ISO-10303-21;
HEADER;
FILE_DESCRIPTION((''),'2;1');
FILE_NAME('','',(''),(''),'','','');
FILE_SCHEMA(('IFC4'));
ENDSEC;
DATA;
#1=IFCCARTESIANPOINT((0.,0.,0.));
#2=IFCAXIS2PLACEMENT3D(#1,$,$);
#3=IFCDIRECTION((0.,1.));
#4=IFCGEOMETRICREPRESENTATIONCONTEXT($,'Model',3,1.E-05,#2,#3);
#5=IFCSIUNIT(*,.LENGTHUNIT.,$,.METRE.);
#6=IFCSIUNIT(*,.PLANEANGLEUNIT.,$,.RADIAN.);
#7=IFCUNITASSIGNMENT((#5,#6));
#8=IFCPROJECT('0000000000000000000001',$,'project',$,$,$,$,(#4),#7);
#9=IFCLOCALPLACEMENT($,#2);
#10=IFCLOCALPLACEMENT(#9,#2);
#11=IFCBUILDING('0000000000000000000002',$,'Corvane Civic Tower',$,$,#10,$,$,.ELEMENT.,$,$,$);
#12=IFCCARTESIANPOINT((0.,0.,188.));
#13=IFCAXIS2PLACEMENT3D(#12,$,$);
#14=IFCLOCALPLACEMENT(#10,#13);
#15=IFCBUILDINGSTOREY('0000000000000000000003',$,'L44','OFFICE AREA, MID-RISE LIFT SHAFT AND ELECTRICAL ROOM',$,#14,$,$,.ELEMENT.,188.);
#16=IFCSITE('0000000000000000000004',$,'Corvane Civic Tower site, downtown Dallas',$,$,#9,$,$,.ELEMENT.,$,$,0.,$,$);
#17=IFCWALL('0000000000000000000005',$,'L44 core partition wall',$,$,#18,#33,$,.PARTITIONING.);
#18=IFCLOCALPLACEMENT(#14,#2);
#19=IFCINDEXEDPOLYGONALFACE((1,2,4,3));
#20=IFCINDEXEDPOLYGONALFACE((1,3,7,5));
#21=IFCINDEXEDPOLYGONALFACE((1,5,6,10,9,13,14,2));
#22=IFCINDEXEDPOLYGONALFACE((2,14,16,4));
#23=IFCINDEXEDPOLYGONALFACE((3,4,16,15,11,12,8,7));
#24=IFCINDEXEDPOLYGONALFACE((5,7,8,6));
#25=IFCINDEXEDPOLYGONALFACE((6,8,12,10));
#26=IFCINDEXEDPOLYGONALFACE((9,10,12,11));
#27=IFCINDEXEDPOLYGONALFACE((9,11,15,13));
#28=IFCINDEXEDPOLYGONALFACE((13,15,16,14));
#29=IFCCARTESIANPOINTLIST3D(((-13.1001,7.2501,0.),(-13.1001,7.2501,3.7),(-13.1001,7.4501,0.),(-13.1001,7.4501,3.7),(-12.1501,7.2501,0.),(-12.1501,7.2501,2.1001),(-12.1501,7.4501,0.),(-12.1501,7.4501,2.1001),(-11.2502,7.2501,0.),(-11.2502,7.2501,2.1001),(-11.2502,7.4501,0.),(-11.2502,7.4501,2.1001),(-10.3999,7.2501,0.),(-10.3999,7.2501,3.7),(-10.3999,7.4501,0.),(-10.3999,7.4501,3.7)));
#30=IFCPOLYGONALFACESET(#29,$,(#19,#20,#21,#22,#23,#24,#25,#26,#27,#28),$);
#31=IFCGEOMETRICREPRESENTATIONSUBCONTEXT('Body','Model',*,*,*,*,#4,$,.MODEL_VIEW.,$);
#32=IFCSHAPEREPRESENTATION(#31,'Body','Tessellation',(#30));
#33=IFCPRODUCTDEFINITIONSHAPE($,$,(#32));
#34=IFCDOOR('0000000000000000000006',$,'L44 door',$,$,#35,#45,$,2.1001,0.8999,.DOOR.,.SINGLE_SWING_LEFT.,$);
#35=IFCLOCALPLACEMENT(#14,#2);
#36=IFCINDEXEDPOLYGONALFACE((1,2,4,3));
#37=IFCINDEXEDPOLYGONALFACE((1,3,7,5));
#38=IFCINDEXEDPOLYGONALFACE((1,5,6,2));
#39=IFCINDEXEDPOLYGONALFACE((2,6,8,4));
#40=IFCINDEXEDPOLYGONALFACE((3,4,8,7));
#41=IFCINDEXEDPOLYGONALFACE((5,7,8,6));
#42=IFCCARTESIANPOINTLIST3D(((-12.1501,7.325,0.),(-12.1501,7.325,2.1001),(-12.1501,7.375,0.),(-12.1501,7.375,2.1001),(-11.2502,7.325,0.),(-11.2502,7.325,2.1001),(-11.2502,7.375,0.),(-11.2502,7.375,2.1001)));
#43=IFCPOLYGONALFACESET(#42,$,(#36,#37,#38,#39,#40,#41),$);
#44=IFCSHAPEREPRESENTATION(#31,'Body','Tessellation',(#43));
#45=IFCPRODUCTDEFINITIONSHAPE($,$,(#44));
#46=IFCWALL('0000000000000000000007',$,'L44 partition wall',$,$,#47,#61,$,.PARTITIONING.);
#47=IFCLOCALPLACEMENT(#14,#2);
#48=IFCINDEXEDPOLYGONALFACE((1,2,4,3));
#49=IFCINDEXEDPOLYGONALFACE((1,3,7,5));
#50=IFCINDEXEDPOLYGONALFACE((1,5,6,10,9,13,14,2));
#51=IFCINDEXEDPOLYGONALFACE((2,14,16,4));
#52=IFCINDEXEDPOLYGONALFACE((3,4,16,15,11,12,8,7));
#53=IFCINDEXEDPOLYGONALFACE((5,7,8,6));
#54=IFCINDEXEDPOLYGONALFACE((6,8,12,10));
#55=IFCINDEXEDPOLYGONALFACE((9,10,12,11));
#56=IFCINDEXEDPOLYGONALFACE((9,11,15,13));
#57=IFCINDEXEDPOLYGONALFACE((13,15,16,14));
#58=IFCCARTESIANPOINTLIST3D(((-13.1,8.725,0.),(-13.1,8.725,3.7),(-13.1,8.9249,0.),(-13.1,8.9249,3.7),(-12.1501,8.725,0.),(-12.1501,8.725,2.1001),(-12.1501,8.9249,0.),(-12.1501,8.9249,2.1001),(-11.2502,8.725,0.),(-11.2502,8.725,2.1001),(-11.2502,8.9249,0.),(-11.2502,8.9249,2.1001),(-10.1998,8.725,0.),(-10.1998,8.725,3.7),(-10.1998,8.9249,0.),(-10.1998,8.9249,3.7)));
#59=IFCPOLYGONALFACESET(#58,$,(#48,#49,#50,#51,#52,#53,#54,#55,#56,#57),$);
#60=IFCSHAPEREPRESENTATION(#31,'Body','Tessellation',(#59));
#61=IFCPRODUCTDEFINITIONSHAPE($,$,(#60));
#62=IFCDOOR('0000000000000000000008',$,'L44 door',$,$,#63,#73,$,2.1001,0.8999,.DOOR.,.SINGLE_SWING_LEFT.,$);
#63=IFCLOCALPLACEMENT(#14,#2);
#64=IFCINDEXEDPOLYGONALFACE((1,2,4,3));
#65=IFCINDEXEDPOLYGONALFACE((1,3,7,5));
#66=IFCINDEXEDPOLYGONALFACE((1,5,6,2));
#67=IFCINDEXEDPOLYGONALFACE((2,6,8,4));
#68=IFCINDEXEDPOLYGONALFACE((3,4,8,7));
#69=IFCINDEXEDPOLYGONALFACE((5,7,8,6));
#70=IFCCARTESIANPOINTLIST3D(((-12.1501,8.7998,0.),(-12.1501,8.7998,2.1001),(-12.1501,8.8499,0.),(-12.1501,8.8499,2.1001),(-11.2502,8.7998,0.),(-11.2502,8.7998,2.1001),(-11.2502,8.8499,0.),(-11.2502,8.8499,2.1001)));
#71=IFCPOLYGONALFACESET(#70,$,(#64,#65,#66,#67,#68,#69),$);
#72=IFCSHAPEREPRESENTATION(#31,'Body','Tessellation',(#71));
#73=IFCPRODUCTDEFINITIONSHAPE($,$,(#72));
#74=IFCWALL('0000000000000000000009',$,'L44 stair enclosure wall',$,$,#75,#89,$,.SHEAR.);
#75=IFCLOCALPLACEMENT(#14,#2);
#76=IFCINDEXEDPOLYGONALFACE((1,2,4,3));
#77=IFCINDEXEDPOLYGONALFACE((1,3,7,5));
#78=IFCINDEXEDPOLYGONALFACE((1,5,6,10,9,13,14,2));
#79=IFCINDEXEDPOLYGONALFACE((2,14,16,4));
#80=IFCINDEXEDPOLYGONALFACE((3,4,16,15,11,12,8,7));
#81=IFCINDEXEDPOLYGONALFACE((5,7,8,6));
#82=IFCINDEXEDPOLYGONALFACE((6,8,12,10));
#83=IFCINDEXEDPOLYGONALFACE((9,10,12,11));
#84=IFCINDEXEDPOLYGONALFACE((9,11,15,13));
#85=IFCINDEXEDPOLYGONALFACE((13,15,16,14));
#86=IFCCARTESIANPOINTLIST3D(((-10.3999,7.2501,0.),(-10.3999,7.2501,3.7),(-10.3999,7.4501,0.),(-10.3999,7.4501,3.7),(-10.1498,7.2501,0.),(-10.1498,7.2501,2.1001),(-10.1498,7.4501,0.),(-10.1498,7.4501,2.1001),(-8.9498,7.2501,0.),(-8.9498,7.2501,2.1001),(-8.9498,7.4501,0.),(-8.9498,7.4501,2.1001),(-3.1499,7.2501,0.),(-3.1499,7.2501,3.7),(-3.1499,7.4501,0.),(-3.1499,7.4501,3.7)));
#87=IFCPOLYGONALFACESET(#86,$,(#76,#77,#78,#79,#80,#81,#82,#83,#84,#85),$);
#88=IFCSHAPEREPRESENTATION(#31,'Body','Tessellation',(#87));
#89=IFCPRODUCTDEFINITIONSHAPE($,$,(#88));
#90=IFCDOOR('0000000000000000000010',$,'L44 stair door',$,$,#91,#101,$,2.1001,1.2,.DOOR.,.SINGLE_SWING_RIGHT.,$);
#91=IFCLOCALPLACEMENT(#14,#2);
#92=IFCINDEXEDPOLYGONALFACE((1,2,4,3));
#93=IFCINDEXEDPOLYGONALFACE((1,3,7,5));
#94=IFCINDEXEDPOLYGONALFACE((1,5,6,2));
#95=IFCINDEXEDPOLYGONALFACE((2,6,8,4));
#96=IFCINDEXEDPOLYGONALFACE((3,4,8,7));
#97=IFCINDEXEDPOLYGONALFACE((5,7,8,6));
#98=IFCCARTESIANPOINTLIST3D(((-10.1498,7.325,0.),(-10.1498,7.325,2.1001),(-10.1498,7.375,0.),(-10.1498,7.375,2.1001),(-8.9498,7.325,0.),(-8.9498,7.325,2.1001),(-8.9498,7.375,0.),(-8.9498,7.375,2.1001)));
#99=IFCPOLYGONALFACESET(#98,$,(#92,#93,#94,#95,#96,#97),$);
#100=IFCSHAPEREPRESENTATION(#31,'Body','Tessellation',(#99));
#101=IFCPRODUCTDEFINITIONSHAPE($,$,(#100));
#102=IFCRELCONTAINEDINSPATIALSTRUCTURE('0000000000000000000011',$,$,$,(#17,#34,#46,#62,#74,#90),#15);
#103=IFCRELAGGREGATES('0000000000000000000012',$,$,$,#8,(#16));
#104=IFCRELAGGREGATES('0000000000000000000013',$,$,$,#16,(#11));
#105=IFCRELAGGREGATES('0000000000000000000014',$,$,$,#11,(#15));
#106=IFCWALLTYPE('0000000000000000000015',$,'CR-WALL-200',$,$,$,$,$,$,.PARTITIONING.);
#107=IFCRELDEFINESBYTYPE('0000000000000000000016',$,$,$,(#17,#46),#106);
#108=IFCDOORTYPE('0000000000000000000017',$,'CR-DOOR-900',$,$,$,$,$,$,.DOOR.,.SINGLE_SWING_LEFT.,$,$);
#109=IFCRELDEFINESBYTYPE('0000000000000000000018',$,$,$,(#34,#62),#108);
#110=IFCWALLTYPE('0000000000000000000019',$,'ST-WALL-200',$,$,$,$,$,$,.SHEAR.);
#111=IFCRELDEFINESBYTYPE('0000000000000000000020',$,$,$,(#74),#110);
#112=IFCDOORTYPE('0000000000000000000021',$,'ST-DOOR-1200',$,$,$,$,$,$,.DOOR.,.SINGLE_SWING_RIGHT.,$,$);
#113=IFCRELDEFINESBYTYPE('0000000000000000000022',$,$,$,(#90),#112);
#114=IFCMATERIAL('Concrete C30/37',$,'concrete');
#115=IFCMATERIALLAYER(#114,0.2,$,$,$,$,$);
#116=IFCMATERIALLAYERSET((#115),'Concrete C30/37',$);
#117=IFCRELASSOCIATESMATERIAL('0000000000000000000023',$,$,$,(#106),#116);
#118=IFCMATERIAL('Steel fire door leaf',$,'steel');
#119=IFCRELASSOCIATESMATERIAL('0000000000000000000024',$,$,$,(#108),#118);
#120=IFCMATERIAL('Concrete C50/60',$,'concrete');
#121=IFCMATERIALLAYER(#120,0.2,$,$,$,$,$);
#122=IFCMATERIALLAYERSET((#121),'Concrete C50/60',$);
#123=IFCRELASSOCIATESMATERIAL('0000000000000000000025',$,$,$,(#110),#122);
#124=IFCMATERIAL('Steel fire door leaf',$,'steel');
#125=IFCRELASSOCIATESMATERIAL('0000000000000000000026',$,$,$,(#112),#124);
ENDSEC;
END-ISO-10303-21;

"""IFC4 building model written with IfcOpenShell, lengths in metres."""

from ifc_helpers import new_model, si_unit, direction, frame, frame_2d, origin, place, context, subcontext, project, spatial, rectangle, extrude, material, layer, layer_set, type_object, element, fill, save


model = new_model("IFC4")

# Units and contexts
model_context = context("Model", 3, precision=1e-05, world=origin(), true_north=direction((0.0, 1.0)))
body_context = subcontext(model_context, "Body", "Model", "MODEL_VIEW")
ifc_project = project(units=[si_unit("LENGTHUNIT", "METRE"), si_unit("PLANEANGLEUNIT", "RADIAN")], contexts=[model_context])

# Site, building, storey
site_placement = place(None, origin())
site = spatial("IfcSite", under=ifc_project, at=site_placement, Name="Corvane Civic Tower site, downtown Dallas", CompositionType="ELEMENT", RefElevation=0.0)
building_placement = place(site_placement, origin())
building = spatial("IfcBuilding", under=site, at=building_placement, Name="Corvane Civic Tower", CompositionType="ELEMENT")
storey_placement = place(building_placement, frame((0.0, 0.0, 188.0)))
storey = spatial("IfcBuildingStorey", under=building, at=storey_placement, Name="L44", Description="OFFICE AREA, MID-RISE LIFT SHAFT AND ELECTRICAL ROOM", CompositionType="ELEMENT", Elevation=188.0)

# Shared definitions
ifc_material_1 = material(Name="Concrete C30/37", Category="concrete")
ifc_layer_1 = layer(ifc_material_1, 0.2)
ifc_layer_set_1 = layer_set([ifc_layer_1], Name="Concrete C30/37")
wall_type_1 = type_object("IfcWallType", Name="CR-WALL-200", PredefinedType="PARTITIONING", material=ifc_layer_set_1)
ifc_material_2 = material(Name="Steel fire door leaf", Category="steel")
door_type_1 = type_object("IfcDoorType", Name="CR-DOOR-900", OperationType="SINGLE_SWING_LEFT", PredefinedType="DOOR", material=ifc_material_2)

# Walls, openings, doors
wall_1_placement = place(storey_placement, frame((-13.1001, 7.3501, 0.0), z_axis=(0.0, 0.0, 1.0), x_axis=(1.0, 0.0, 0.0)))
wall_1 = element("IfcWall", 1, at=wall_1_placement, inside=storey, type_object=wall_type_1, Name="L44 core partition wall", PredefinedType="PARTITIONING", context=body_context, shape_type="SweptSolid", body=[
    extrude(rectangle(XDim=2.7002, YDim=0.2, at=frame_2d((1.3501, 0.0))), origin(), (0.0, 0.0, 1.0), 3.7),
])
opening_1_placement = place(wall_1_placement, frame((0.95, 0.0, 0.0)))
opening_1 = element("IfcOpeningElement", 2, at=opening_1_placement, cuts=wall_1, PredefinedType="OPENING", context=body_context, shape_type="SweptSolid", body=[
    extrude(rectangle(XDim=0.8999, YDim=2.1001, at=frame_2d((0.45, 1.05))), frame((0.0, 0.1099, 0.0), z_axis=(0.0, -1.0, 0.0), x_axis=(1.0, 0.0, 0.0)), (0.0, 0.0, 1.0), 0.22),
])
door_1_placement = place(opening_1_placement, origin())
door_1 = element("IfcDoor", 3, at=door_1_placement, inside=storey, type_object=door_type_1, Name="L44 door", OperationType="SINGLE_SWING_LEFT", OverallHeight=2.1001, OverallWidth=0.8999, PredefinedType="DOOR", context=body_context, shape_type="SweptSolid", body=[
    extrude(rectangle(XDim=0.8999, YDim=2.1001, at=frame_2d((0.45, 1.05))), frame((0.0, 0.0249, 0.0), z_axis=(0.0, -1.0, 0.0), x_axis=(1.0, 0.0, 0.0)), (0.0, 0.0, 1.0), 0.05),
])
fill(opening_1, door_1)
wall_2_placement = place(storey_placement, frame((-13.1001, 8.825, 0.0), z_axis=(0.0, 0.0, 1.0), x_axis=(1.0, 0.0, 0.0)))
wall_2 = element("IfcWall", 4, at=wall_2_placement, inside=storey, type_object=wall_type_1, Name="L44 partition wall", PredefinedType="PARTITIONING", context=body_context, shape_type="SweptSolid", body=[
    extrude(rectangle(XDim=2.9001, YDim=0.2, at=frame_2d((1.4502, 0.0))), origin(), (0.0, 0.0, 1.0), 3.7),
])
opening_2_placement = place(wall_2_placement, frame((0.95, 0.0, 0.0)))
opening_2 = element("IfcOpeningElement", 5, at=opening_2_placement, cuts=wall_2, PredefinedType="OPENING", context=body_context, shape_type="SweptSolid", body=[
    extrude(rectangle(XDim=0.8999, YDim=2.1001, at=frame_2d((0.45, 1.05))), frame((0.0, 0.1099, 0.0), z_axis=(0.0, -1.0, 0.0), x_axis=(1.0, 0.0, 0.0)), (0.0, 0.0, 1.0), 0.22),
])
door_2_placement = place(opening_2_placement, origin())
door_2 = element("IfcDoor", 6, at=door_2_placement, inside=storey, type_object=door_type_1, Name="L44 door", OperationType="SINGLE_SWING_LEFT", OverallHeight=2.1001, OverallWidth=0.8999, PredefinedType="DOOR", context=body_context, shape_type="SweptSolid", body=[
    extrude(rectangle(XDim=0.8999, YDim=2.1001, at=frame_2d((0.45, 1.05))), frame((0.0, 0.0249, 0.0), z_axis=(0.0, -1.0, 0.0), x_axis=(1.0, 0.0, 0.0)), (0.0, 0.0, 1.0), 0.05),
])
fill(opening_2, door_2)
ifc_material_3 = material(Name="Concrete C50/60", Category="concrete")
ifc_layer_2 = layer(ifc_material_3, 0.2)
ifc_layer_set_2 = layer_set([ifc_layer_2], Name="Concrete C50/60")
wall_type_2 = type_object("IfcWallType", Name="ST-WALL-200", PredefinedType="SHEAR", material=ifc_layer_set_2)
wall_3_placement = place(storey_placement, frame((-10.3999, 7.3501, 0.0), z_axis=(0.0, 0.0, 1.0), x_axis=(1.0, 0.0, 0.0)))
wall_3 = element("IfcWall", 7, at=wall_3_placement, inside=storey, type_object=wall_type_2, Name="L44 stair enclosure wall", PredefinedType="SHEAR", context=body_context, shape_type="SweptSolid", body=[
    extrude(rectangle(XDim=7.25, YDim=0.2, at=frame_2d((3.625, 0.0))), origin(), (0.0, 0.0, 1.0), 3.7),
])
opening_3_placement = place(wall_3_placement, frame((0.25, 0.0, 0.0)))
opening_3 = element("IfcOpeningElement", 8, at=opening_3_placement, cuts=wall_3, PredefinedType="OPENING", context=body_context, shape_type="SweptSolid", body=[
    extrude(rectangle(XDim=1.2, YDim=2.1001, at=frame_2d((0.6001, 1.05))), frame((0.0, 0.1099, 0.0), z_axis=(0.0, -1.0, 0.0), x_axis=(1.0, 0.0, 0.0)), (0.0, 0.0, 1.0), 0.22),
])
ifc_material_4 = material(Name="Steel fire door leaf", Category="steel")
door_type_2 = type_object("IfcDoorType", Name="ST-DOOR-1200", OperationType="SINGLE_SWING_RIGHT", PredefinedType="DOOR", material=ifc_material_4)
door_3_placement = place(opening_3_placement, origin())
door_3 = element("IfcDoor", 9, at=door_3_placement, inside=storey, type_object=door_type_2, Name="L44 stair door", OperationType="SINGLE_SWING_RIGHT", OverallHeight=2.1001, OverallWidth=1.2, PredefinedType="DOOR", context=body_context, shape_type="SweptSolid", body=[
    extrude(rectangle(XDim=1.2, YDim=2.1001, at=frame_2d((0.6001, 1.05))), frame((0.0, 0.0249, 0.0), z_axis=(0.0, -1.0, 0.0), x_axis=(1.0, 0.0, 0.0)), (0.0, 0.0, 1.0), 0.05),
])
fill(opening_3, door_3)

save(model, "model.ifc")
